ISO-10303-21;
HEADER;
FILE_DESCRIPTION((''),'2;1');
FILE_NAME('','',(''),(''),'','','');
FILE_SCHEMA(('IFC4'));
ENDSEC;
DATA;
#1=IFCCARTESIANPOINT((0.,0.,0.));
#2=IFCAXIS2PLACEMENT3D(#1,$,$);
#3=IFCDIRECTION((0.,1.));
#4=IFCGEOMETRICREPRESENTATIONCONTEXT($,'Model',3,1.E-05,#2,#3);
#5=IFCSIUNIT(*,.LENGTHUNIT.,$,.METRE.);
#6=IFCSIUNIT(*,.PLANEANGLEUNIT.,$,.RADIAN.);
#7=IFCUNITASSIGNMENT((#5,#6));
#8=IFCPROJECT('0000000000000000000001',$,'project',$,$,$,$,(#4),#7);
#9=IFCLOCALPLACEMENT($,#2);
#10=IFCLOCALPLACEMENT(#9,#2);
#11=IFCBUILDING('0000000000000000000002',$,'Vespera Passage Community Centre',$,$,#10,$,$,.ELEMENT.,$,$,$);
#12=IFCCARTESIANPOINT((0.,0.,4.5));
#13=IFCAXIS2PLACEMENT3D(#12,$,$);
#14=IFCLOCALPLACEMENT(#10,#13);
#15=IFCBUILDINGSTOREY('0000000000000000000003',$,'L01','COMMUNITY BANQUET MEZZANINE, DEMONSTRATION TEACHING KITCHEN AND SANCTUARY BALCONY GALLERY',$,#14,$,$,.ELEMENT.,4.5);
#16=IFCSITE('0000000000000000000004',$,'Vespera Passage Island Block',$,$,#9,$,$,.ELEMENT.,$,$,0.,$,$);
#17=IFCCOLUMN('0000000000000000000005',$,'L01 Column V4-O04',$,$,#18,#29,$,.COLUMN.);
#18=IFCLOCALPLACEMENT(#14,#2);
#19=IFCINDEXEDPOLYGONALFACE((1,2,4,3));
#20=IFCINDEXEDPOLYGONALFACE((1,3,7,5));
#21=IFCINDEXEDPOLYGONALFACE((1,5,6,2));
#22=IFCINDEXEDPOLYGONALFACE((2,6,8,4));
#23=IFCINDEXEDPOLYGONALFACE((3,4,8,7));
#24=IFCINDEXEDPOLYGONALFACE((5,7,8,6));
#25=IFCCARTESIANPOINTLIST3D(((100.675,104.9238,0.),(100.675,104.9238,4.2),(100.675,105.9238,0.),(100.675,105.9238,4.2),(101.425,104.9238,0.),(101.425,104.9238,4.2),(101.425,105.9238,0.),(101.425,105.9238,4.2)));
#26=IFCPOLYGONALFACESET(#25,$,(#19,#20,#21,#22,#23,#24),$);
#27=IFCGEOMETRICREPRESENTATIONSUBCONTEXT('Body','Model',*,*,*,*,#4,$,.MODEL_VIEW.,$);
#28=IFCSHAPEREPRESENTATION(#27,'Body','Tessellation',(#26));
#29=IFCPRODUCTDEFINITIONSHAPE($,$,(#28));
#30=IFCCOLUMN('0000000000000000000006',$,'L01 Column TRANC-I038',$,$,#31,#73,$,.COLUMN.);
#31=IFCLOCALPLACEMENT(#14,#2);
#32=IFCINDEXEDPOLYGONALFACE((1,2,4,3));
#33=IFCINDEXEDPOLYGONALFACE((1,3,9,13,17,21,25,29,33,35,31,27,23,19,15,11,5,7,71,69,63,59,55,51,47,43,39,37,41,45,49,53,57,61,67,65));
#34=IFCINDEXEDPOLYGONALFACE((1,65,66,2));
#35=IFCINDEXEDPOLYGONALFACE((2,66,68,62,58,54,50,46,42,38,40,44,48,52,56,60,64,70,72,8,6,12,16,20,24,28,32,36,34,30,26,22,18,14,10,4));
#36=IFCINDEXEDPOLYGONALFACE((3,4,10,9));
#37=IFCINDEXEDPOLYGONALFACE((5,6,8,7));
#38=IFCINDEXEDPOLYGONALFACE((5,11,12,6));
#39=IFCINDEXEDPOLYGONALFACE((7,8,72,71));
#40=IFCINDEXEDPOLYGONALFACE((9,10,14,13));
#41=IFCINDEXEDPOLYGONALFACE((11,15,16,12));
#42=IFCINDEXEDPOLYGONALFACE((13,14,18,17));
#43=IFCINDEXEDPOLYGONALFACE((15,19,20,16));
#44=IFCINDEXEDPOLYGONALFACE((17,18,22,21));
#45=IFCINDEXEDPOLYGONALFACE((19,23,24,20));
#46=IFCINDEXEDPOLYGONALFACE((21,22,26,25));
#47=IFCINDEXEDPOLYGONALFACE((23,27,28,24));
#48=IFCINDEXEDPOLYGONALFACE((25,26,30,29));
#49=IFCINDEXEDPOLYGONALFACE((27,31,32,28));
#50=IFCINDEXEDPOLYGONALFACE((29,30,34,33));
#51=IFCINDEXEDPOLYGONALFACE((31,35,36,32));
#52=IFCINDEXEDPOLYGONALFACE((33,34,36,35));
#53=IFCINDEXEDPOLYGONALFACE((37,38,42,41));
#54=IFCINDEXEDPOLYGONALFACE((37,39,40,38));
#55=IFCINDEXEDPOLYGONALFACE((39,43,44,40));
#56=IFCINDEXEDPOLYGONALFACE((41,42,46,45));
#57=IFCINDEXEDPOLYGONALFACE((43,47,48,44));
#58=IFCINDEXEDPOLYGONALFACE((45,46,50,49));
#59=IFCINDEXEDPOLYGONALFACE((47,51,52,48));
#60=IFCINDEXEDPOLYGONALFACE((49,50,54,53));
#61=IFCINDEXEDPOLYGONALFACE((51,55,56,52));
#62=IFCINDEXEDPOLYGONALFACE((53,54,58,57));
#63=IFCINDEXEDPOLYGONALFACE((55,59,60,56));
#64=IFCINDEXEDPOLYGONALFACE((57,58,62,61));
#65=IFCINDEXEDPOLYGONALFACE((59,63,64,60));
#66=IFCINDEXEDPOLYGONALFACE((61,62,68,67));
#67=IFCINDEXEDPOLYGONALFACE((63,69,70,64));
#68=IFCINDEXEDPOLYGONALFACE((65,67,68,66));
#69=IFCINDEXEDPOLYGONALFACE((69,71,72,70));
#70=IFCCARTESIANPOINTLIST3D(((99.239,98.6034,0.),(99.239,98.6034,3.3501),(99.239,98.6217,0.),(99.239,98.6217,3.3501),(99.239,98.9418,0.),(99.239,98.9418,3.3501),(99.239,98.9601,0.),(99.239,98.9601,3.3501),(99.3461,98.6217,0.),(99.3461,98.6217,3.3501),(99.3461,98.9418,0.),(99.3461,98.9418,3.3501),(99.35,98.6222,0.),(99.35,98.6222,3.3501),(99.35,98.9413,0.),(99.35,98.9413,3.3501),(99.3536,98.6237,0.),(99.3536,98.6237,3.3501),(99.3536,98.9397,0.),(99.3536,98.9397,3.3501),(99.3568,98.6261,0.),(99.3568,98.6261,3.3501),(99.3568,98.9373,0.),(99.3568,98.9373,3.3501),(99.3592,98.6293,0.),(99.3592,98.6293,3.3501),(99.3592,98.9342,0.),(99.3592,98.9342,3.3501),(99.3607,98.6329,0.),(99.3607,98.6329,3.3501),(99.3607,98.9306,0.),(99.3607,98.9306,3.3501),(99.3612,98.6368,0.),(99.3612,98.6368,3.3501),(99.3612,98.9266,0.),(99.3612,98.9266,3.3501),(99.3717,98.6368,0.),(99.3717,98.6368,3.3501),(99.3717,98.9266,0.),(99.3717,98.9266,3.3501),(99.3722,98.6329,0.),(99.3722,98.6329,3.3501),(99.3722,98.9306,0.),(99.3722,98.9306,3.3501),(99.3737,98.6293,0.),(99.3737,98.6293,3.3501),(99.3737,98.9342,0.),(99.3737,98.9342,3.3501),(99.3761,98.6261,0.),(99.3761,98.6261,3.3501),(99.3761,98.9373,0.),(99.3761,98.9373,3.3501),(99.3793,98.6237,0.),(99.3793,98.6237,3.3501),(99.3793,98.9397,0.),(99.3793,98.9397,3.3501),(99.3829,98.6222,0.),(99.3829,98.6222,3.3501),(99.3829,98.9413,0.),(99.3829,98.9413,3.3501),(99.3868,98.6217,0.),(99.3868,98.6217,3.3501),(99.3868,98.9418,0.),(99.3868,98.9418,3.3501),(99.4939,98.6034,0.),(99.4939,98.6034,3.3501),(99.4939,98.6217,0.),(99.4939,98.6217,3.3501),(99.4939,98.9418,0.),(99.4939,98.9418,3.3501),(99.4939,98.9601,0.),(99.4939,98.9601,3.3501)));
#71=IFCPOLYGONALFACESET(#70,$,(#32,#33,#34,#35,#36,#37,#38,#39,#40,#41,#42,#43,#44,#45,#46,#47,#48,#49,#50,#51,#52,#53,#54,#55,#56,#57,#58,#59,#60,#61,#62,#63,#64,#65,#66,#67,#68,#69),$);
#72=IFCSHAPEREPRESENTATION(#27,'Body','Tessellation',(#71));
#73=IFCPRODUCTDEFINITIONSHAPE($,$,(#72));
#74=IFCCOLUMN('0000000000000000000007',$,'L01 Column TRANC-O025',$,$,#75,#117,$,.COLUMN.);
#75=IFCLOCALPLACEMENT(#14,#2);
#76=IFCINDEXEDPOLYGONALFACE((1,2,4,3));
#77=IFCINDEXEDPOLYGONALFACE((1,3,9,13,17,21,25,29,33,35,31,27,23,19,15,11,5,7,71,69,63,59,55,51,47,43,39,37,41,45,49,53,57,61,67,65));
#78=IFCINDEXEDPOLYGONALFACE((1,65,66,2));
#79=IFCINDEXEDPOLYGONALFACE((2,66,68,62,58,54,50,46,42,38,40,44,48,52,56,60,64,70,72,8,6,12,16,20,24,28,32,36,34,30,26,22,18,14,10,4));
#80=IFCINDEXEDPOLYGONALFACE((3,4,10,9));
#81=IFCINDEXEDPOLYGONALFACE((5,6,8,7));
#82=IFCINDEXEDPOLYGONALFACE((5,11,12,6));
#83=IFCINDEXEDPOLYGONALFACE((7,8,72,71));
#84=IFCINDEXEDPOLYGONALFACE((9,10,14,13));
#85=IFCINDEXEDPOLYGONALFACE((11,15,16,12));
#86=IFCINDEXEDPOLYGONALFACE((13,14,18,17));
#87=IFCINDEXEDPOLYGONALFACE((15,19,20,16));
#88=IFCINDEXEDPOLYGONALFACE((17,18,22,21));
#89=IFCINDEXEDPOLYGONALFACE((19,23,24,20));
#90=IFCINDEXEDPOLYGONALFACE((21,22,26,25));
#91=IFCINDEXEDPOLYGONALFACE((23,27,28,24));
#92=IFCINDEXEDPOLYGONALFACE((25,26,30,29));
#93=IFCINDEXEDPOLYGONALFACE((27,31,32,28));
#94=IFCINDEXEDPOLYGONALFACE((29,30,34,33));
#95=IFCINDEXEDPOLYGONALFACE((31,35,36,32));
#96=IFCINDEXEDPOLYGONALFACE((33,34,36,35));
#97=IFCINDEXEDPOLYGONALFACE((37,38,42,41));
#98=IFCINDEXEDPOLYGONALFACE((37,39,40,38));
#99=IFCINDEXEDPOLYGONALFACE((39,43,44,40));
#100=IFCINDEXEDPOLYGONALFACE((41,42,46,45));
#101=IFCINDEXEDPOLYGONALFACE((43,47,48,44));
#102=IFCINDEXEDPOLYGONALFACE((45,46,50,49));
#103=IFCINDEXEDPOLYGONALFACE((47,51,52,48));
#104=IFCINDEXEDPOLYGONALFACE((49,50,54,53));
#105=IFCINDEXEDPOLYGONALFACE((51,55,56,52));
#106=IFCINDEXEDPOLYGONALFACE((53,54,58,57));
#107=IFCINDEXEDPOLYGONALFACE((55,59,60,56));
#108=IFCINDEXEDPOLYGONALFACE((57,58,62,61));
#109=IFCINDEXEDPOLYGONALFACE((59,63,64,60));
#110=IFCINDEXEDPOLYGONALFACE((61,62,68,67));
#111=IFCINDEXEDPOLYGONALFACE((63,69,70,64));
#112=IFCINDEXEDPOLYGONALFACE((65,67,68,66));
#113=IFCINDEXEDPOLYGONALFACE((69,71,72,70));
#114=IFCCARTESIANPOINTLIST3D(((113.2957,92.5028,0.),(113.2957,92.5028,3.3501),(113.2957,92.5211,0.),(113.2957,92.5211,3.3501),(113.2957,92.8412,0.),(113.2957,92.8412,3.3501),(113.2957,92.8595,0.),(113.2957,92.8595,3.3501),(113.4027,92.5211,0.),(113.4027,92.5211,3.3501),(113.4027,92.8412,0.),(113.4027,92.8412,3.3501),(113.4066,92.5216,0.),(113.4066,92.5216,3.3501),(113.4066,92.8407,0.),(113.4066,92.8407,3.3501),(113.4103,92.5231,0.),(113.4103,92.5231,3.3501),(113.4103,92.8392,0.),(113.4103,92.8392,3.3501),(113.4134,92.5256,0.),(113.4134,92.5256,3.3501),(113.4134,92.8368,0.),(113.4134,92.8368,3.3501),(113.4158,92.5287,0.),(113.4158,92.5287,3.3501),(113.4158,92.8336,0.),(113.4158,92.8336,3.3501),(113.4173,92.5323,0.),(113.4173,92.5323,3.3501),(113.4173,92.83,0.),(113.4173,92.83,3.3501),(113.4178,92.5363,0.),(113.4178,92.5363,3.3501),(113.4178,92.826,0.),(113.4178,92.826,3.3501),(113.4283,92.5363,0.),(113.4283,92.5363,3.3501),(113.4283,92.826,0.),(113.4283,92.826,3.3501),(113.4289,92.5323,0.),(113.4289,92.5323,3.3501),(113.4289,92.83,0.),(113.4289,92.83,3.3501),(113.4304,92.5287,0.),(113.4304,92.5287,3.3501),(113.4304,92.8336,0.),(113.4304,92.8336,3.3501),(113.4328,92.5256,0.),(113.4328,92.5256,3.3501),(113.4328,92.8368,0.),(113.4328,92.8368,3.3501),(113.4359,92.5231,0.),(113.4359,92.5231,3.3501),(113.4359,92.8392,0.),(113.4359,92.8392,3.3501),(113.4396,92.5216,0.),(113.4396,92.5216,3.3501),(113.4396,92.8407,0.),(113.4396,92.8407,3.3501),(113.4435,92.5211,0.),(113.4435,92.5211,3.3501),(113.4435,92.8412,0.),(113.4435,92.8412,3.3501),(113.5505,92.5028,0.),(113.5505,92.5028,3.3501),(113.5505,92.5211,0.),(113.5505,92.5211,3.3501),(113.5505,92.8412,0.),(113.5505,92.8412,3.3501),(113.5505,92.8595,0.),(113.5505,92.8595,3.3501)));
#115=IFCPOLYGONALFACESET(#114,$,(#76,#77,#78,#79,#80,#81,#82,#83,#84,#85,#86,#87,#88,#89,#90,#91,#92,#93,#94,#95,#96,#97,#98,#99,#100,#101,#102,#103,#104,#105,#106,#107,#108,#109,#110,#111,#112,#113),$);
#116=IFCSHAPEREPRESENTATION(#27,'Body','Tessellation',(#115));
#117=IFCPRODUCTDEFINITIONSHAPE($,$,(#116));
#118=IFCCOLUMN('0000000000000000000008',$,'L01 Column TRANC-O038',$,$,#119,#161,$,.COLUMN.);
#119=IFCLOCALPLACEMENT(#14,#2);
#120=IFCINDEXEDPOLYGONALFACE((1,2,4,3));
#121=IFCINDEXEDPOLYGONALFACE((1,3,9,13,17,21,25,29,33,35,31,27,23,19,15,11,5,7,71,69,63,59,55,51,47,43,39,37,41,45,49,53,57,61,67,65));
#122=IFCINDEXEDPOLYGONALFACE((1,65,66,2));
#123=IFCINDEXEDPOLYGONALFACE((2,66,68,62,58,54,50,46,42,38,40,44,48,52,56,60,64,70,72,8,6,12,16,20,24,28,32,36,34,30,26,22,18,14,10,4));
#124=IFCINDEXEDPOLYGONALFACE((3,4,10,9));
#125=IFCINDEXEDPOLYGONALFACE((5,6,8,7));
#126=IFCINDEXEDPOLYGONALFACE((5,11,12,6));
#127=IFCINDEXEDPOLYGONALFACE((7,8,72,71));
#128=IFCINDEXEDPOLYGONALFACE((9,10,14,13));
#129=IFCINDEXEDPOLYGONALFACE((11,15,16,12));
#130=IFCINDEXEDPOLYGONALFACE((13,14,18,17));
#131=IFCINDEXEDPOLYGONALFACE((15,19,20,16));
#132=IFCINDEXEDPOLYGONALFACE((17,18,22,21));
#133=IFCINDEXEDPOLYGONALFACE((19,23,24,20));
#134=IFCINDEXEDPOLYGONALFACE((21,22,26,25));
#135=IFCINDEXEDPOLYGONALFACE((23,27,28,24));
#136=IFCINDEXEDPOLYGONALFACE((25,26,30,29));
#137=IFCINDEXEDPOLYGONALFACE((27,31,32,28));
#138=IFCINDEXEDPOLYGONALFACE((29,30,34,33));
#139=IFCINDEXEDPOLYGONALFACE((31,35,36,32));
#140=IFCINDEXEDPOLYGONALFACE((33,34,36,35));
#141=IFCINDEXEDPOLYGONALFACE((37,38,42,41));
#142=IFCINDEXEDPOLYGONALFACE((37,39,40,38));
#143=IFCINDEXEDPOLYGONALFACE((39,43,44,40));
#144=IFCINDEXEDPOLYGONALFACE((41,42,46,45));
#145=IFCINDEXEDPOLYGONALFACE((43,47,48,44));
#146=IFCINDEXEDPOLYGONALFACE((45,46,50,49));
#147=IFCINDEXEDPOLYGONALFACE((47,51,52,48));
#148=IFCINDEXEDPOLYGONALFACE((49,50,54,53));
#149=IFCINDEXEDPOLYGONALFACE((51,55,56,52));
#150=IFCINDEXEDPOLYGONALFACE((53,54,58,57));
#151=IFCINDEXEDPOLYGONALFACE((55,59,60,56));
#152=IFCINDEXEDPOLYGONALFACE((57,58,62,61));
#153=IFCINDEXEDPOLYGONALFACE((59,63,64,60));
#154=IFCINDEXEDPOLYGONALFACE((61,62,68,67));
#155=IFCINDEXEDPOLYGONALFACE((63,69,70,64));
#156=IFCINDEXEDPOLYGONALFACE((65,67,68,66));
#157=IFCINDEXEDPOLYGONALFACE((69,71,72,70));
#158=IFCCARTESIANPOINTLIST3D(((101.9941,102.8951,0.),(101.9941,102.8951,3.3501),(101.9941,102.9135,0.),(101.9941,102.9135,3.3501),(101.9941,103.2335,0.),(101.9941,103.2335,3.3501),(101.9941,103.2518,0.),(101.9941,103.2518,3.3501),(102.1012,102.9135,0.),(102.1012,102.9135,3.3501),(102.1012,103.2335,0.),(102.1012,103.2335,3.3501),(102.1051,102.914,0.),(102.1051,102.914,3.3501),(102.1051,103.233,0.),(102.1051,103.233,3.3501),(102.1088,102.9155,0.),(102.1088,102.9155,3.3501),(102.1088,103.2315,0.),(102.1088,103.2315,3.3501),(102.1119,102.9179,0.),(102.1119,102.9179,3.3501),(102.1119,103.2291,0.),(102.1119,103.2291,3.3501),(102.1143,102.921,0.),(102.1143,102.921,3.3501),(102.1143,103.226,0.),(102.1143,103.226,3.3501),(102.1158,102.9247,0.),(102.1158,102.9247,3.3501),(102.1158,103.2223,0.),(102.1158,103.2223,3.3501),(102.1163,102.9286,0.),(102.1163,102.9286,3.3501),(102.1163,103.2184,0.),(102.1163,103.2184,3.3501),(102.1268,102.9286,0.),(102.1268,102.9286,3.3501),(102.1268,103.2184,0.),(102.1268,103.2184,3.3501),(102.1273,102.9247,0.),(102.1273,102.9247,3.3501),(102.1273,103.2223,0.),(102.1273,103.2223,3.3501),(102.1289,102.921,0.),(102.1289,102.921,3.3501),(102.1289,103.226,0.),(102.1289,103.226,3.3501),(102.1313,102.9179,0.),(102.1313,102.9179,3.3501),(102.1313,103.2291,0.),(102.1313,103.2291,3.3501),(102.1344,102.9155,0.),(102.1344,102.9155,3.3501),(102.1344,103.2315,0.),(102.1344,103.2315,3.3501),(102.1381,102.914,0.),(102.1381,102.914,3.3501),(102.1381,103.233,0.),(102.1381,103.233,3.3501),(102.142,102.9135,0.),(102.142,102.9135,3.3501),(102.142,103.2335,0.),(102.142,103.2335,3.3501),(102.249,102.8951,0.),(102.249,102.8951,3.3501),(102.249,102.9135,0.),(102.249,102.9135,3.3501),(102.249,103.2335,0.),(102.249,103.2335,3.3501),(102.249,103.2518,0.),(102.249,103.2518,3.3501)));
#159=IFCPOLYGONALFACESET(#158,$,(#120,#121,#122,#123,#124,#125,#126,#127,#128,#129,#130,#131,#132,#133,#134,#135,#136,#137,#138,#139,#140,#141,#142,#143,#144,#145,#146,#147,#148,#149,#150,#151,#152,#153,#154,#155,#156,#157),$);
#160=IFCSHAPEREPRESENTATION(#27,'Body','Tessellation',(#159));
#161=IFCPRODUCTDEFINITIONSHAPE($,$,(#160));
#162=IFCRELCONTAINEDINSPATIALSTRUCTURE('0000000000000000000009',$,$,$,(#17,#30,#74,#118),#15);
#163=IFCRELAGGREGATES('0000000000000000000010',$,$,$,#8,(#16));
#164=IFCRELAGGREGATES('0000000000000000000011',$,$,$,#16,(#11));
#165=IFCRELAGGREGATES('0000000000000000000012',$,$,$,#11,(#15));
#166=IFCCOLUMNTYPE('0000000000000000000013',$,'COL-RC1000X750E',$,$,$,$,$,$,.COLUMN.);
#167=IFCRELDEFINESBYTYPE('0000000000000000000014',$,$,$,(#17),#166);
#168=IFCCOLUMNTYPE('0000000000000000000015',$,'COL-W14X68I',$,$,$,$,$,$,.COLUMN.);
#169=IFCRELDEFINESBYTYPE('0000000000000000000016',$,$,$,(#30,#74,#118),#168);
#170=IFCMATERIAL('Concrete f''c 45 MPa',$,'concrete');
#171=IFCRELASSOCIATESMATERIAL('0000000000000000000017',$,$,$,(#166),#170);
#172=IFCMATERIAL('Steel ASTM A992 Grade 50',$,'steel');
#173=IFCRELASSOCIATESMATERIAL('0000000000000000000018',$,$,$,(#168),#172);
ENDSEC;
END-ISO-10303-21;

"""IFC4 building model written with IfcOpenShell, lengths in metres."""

from ifc_helpers import new_model, si_unit, direction, frame, origin, origin_2d, place, context, subcontext, project, spatial, rectangle, i_section, extrude, material, material_profile, profile_set, type_object, element, save


model = new_model("IFC4")

# Units and contexts
model_context = context("Model", 3, precision=1e-05, world=origin(), true_north=direction((0.0, 1.0)))
body_context = subcontext(model_context, "Body", "Model", "MODEL_VIEW")
ifc_project = project(units=[si_unit("LENGTHUNIT", "METRE"), si_unit("PLANEANGLEUNIT", "RADIAN")], contexts=[model_context])

# Site, building, storey
site_placement = place(None, origin())
site = spatial("IfcSite", under=ifc_project, at=site_placement, Name="Vespera Passage Island Block", CompositionType="ELEMENT", RefElevation=0.0)
building_placement = place(site_placement, origin())
building = spatial("IfcBuilding", under=site, at=building_placement, Name="Vespera Passage Community Centre", CompositionType="ELEMENT")
storey_placement = place(building_placement, frame((0.0, 0.0, 4.5)))
storey = spatial("IfcBuildingStorey", under=building, at=storey_placement, Name="L01", Description="COMMUNITY BANQUET MEZZANINE, DEMONSTRATION TEACHING KITCHEN AND SANCTUARY BALCONY GALLERY", CompositionType="ELEMENT", Elevation=4.5)

# Columns
ifc_material_1 = material(Name="Concrete f'c 45 MPa", Category="concrete")
ifc_material_profile_1 = material_profile(ifc_material_1, rectangle(XDim=0.75, YDim=1.0, at=origin_2d()), Name="RC1000X750")
ifc_profile_set_1 = profile_set([ifc_material_profile_1], Name="Concrete f'c 45 MPa")
column_type_1 = type_object("IfcColumnType", Name="COL-RC1000X750E", PredefinedType="COLUMN", material=ifc_profile_set_1)
column_placement = place(storey_placement, frame((101.05, 105.4238, 0.0), z_axis=(0.0, 0.0, 1.0), x_axis=(1.0, 0.0, 0.0)))
element("IfcColumn", 1, at=column_placement, inside=storey, type_object=column_type_1, Name="L01 Column V4-O04", PredefinedType="COLUMN", context=body_context, shape_type="SweptSolid", body=[
    extrude(rectangle(XDim=0.75, YDim=1.0, at=origin_2d()), origin(), (0.0, 0.0, 1.0), 4.2),
])
ifc_material_2 = material(Name="Steel ASTM A992 Grade 50", Category="steel")
ifc_material_profile_2 = material_profile(ifc_material_2, i_section(OverallWidth=0.2549, OverallDepth=0.3567, WebThickness=0.0105, FlangeThickness=0.0183, FilletRadius=0.0151, at=origin_2d()), Name="W14X68")
ifc_profile_set_2 = profile_set([ifc_material_profile_2], Name="Steel ASTM A992 Grade 50")
column_type_2 = type_object("IfcColumnType", Name="COL-W14X68I", PredefinedType="COLUMN", material=ifc_profile_set_2)
for number, where, z_axis, x_axis, name in (
    (2, (99.3665, 98.7817, 0.0), (0.0, 0.0, 1.0), (1.0, 0.0, 0.0), "L01 Column TRANC-I038"),
    (3, (113.4231, 92.6812, 0.0), (0.0, 0.0, 1.0), (1.0, 0.0, 0.0), "L01 Column TRANC-O025"),
    (4, (102.1216, 103.0735, 0.0), (0.0, 0.0, 1.0), (1.0, 0.0, 0.0), "L01 Column TRANC-O038"),
):
    element("IfcColumn", number, at=place(storey_placement, frame(where, z_axis=z_axis, x_axis=x_axis)), inside=storey, type_object=column_type_2, Name=name, PredefinedType="COLUMN", context=body_context, shape_type="SweptSolid", body=[
        extrude(i_section(OverallWidth=0.2549, OverallDepth=0.3567, WebThickness=0.0105, FlangeThickness=0.0183, FilletRadius=0.0151, at=origin_2d()), origin(), (0.0, 0.0, 1.0), 3.3501),
    ])

save(model, "model.ifc")
